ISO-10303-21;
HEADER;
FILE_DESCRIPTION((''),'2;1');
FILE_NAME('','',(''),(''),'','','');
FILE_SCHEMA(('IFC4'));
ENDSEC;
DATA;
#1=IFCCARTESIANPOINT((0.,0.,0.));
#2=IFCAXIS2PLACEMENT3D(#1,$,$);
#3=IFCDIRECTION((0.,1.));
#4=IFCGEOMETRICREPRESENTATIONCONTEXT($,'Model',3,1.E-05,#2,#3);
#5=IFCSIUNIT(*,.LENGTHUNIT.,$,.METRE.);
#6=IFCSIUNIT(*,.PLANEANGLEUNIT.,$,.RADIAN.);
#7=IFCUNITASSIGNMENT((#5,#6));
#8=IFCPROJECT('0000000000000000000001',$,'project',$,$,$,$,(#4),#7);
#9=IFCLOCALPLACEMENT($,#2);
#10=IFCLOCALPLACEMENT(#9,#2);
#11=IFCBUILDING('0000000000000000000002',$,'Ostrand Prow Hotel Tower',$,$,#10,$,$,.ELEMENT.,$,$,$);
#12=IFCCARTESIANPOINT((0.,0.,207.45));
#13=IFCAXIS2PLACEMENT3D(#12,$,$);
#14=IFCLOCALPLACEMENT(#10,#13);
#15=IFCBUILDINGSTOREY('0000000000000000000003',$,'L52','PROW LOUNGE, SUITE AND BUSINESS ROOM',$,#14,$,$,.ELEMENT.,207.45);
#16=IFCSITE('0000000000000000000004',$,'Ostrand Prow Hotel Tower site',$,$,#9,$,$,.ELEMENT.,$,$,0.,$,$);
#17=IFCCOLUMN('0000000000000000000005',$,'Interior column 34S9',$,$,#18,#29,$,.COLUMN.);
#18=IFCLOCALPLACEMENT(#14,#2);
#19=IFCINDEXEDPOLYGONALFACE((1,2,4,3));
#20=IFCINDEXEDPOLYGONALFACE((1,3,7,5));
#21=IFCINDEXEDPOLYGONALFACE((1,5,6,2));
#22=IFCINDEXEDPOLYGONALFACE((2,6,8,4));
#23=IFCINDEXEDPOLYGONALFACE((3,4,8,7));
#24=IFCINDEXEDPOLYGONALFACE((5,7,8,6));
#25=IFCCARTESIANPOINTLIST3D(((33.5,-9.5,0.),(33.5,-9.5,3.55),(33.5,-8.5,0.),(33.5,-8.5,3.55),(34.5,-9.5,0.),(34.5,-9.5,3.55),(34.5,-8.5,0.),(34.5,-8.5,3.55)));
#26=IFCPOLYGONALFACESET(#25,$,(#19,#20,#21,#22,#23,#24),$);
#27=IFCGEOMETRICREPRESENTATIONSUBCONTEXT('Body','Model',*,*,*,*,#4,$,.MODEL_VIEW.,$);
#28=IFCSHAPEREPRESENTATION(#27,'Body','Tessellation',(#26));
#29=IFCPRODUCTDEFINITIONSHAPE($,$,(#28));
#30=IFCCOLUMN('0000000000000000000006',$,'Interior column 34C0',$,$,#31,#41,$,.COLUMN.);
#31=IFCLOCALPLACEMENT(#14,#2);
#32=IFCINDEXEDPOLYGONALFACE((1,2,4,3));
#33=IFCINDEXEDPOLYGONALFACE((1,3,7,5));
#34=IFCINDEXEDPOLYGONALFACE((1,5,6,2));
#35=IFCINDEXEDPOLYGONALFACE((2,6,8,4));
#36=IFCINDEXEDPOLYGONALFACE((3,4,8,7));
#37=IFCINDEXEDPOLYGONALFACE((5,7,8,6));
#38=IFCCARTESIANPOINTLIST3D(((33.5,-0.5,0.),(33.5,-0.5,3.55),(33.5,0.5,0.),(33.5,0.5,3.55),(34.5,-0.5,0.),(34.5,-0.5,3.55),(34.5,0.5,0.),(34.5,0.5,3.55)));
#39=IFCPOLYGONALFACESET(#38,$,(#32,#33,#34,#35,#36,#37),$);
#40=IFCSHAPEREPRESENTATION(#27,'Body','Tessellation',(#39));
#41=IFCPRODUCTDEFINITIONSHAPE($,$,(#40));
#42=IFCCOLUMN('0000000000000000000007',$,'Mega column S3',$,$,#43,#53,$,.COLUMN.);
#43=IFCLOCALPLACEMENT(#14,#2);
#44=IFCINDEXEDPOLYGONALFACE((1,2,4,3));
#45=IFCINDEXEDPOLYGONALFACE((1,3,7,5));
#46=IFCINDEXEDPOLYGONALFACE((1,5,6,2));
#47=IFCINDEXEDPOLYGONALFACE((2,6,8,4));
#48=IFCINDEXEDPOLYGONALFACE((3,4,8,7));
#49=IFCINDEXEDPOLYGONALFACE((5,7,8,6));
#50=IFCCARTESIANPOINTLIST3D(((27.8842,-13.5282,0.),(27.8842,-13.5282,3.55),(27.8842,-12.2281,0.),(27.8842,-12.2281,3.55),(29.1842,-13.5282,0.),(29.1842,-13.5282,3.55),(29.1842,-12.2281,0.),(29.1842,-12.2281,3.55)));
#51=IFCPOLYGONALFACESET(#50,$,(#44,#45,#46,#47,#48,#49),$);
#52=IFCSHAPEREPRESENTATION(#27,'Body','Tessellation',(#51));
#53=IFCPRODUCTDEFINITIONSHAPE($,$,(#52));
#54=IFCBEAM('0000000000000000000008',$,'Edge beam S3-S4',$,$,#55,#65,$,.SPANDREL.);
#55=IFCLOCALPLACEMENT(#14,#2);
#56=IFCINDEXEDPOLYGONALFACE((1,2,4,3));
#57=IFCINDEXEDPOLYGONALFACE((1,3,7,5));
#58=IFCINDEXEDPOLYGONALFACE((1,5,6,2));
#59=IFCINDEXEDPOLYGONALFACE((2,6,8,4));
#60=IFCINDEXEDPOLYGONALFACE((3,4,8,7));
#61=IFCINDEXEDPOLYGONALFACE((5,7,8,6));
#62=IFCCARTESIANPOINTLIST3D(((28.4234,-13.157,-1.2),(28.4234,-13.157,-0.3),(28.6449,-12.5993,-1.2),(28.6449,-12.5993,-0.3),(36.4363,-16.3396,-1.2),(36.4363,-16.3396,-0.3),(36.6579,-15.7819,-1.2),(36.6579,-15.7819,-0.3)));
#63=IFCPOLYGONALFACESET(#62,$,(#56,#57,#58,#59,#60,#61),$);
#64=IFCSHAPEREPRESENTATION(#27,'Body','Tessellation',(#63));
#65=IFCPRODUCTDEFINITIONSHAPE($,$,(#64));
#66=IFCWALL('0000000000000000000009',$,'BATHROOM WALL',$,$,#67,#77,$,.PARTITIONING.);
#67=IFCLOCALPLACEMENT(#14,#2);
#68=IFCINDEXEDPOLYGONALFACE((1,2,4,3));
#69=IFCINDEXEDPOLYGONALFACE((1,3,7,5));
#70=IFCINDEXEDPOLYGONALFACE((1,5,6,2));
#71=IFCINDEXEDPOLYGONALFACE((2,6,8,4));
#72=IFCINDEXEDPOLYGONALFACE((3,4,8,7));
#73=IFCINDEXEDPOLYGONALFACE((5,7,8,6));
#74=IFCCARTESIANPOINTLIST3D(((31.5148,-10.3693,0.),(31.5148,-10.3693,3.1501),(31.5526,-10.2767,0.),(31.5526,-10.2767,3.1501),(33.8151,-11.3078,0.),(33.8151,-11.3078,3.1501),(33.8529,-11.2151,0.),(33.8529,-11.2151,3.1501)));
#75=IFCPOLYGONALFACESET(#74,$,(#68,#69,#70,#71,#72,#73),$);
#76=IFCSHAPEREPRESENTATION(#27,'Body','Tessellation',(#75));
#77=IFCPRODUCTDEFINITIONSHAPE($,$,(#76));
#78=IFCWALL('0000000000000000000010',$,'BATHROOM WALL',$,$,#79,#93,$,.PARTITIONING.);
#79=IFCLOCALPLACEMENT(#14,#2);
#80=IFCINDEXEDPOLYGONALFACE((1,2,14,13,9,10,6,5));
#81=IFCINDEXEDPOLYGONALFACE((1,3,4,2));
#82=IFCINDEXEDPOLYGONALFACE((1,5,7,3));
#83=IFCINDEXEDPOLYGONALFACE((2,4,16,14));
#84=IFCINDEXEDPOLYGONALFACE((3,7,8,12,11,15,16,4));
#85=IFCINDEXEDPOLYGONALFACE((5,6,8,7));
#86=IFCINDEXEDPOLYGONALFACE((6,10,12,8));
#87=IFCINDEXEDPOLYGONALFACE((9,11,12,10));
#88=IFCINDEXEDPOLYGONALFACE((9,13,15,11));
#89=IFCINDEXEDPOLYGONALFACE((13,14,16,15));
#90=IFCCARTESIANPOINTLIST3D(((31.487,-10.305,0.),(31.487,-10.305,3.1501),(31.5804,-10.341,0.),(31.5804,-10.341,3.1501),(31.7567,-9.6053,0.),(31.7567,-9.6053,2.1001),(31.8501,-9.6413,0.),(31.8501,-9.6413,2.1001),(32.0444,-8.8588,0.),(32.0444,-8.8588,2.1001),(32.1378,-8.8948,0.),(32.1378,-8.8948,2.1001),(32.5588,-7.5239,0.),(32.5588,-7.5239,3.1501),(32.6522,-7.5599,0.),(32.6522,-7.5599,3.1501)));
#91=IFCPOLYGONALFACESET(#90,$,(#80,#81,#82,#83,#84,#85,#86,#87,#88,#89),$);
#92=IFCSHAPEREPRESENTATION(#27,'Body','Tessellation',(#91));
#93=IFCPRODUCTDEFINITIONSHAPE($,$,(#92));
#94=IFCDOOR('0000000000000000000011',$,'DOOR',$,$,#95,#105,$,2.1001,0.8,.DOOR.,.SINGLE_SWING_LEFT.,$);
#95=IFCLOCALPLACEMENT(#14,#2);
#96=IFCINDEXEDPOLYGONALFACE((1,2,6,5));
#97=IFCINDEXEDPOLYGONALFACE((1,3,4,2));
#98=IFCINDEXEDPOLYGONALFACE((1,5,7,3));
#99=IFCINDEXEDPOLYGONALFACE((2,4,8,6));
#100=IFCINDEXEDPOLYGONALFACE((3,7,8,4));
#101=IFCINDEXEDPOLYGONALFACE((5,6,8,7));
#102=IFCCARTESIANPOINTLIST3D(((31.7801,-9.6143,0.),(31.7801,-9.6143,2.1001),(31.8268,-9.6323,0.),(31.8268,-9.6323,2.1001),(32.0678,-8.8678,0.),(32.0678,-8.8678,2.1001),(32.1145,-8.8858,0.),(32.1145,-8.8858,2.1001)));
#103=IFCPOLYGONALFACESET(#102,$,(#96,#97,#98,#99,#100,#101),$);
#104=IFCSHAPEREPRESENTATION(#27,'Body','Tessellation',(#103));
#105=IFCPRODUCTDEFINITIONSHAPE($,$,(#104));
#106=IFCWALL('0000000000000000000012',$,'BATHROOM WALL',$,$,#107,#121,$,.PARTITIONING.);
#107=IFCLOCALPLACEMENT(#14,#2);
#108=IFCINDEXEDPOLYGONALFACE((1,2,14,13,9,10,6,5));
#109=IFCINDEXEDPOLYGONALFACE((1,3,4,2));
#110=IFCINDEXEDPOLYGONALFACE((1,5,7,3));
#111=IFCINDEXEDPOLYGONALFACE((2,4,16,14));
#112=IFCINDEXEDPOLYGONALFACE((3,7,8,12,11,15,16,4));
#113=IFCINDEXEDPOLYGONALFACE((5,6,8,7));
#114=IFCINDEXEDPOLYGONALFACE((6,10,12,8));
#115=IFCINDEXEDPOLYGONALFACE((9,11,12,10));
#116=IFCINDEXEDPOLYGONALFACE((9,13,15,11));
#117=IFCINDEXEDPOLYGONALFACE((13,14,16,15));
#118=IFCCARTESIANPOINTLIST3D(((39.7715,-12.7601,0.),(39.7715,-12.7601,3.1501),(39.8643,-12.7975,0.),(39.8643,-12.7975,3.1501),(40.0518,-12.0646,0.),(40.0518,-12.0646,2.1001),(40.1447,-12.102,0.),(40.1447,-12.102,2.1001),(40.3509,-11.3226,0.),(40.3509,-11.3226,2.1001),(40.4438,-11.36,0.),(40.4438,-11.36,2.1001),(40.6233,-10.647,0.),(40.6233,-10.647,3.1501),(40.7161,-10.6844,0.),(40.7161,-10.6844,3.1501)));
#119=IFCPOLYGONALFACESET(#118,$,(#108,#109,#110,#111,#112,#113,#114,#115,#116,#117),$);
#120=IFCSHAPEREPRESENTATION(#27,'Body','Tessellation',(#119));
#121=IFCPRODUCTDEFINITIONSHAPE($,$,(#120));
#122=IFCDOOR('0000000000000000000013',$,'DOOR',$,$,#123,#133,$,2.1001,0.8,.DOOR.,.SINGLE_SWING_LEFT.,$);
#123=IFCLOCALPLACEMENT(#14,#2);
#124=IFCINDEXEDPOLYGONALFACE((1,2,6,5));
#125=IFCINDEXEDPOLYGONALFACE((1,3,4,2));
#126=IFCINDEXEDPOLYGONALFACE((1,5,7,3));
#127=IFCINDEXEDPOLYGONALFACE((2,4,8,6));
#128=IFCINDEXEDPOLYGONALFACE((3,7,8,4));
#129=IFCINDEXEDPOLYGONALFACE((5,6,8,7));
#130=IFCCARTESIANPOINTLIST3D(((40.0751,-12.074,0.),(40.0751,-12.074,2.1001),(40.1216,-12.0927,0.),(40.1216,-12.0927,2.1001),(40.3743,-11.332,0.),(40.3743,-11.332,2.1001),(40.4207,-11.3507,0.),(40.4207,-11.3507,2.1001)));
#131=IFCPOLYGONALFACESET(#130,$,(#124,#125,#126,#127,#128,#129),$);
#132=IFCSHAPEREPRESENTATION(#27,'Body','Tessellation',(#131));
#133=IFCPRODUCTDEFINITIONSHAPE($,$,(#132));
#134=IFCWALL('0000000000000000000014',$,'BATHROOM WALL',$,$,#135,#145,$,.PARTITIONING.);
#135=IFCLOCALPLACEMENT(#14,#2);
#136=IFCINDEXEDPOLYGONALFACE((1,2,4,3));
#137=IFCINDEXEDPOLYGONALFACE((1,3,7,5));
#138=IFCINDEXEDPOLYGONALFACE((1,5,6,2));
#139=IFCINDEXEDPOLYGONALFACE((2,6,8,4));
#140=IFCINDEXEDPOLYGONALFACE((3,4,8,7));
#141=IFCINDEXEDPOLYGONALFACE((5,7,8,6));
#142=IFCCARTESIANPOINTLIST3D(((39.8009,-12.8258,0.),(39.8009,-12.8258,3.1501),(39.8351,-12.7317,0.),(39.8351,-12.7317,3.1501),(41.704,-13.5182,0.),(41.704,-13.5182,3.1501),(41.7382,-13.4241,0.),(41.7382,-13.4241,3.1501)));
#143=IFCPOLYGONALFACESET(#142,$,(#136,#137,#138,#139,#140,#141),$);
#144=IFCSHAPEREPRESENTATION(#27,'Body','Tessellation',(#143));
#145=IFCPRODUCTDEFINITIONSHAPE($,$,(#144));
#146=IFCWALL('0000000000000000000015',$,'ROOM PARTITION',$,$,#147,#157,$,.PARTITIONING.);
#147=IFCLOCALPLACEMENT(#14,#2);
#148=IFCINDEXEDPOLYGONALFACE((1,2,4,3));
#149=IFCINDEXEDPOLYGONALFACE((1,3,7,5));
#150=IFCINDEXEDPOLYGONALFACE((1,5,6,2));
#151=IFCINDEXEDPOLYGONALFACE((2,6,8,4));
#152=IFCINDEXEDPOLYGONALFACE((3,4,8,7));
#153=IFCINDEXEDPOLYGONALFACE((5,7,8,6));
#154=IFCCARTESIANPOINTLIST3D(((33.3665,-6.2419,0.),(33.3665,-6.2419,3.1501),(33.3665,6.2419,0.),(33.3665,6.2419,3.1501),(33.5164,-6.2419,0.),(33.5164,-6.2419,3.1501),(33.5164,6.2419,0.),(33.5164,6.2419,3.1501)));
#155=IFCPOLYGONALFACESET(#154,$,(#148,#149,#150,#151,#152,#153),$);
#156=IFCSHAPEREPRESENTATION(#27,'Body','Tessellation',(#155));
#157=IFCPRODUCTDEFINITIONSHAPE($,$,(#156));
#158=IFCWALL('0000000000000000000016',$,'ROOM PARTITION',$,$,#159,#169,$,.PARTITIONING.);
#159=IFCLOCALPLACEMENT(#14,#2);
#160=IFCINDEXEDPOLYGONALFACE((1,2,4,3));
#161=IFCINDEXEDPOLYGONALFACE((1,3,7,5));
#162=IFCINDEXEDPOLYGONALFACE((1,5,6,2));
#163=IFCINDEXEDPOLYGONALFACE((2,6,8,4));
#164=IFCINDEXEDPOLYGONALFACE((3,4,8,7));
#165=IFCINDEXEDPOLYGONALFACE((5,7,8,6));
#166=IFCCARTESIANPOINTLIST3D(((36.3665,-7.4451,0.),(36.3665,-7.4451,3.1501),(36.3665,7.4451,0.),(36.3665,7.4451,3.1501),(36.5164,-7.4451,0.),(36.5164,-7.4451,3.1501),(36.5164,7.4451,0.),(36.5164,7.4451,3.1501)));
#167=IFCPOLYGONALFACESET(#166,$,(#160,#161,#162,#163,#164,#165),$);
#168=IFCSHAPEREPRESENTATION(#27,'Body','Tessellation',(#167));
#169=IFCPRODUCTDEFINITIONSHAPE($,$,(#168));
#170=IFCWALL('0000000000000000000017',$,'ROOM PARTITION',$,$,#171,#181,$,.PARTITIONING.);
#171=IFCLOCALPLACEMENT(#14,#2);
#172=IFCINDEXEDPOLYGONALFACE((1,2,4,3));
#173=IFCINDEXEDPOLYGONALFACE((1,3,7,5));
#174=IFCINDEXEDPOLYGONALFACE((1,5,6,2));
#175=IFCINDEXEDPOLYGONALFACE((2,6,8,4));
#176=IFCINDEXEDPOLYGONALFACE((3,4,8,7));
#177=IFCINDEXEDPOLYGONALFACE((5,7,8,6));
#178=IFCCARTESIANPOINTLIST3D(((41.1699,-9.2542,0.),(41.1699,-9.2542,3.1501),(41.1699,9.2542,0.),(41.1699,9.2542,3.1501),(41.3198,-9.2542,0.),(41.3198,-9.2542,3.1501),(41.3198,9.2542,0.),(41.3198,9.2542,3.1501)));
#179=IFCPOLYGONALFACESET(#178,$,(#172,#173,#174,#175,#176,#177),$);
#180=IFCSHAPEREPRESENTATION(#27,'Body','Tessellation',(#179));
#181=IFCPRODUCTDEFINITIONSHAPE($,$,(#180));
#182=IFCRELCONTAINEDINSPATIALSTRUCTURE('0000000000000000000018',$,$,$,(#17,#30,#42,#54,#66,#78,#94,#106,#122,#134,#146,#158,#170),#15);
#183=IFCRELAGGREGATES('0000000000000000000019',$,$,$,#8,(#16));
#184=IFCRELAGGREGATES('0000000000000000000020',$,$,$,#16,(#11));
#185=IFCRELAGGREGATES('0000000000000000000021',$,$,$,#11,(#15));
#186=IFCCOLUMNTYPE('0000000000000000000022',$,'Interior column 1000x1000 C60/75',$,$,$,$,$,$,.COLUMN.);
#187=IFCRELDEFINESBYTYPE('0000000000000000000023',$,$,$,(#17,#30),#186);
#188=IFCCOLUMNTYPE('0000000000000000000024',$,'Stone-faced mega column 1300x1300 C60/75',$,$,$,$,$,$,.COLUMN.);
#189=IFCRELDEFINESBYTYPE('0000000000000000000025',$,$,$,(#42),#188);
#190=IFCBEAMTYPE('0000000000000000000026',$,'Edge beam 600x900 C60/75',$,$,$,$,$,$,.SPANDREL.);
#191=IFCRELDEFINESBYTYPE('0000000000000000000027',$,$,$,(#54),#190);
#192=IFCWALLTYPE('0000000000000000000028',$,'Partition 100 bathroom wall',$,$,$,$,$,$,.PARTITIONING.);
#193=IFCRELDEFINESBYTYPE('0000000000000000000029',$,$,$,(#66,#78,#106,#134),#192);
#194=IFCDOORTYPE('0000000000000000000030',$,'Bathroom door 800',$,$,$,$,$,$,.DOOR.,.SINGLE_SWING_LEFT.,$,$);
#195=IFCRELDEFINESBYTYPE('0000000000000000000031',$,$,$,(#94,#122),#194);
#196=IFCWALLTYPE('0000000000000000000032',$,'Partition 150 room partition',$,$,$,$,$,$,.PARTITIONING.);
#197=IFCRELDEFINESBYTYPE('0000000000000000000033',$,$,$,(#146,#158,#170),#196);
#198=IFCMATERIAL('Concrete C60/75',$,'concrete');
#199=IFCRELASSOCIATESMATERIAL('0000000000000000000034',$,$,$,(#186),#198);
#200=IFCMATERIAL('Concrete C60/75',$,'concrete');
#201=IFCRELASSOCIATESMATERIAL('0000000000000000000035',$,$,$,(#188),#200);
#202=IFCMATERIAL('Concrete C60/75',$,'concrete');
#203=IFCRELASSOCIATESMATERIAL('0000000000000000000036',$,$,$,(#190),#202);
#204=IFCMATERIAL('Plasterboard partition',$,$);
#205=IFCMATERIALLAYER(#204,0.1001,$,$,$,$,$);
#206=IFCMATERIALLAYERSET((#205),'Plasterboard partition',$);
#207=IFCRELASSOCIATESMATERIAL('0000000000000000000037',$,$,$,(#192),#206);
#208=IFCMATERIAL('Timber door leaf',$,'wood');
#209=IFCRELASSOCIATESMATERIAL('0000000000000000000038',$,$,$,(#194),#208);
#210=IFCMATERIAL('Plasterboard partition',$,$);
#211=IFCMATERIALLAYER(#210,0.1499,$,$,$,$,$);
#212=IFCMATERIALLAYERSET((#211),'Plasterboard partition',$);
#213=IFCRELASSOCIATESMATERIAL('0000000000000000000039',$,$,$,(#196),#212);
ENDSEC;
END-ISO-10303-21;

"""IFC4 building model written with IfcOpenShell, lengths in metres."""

from ifc_helpers import new_model, si_unit, direction, frame, frame_2d, origin, origin_2d, place, context, subcontext, project, spatial, rectangle, extrude, material, layer, layer_set, material_profile, profile_set, type_object, element, fill, save


model = new_model("IFC4")

# Units and contexts
model_context = context("Model", 3, precision=1e-05, world=origin(), true_north=direction((0.0, 1.0)))
body_context = subcontext(model_context, "Body", "Model", "MODEL_VIEW")
ifc_project = project(units=[si_unit("LENGTHUNIT", "METRE"), si_unit("PLANEANGLEUNIT", "RADIAN")], contexts=[model_context])

# Site, building, storey
site_placement = place(None, origin())
site = spatial("IfcSite", under=ifc_project, at=site_placement, Name="Ostrand Prow Hotel Tower site", CompositionType="ELEMENT", RefElevation=0.0)
building_placement = place(site_placement, origin())
building = spatial("IfcBuilding", under=site, at=building_placement, Name="Ostrand Prow Hotel Tower", CompositionType="ELEMENT")
storey_placement = place(building_placement, frame((0.0, 0.0, 207.45)))
storey = spatial("IfcBuildingStorey", under=building, at=storey_placement, Name="L52", Description="PROW LOUNGE, SUITE AND BUSINESS ROOM", CompositionType="ELEMENT", Elevation=207.45)

# Columns
ifc_material_1 = material(Name="Concrete C60/75", Category="concrete")
ifc_material_profile_1 = material_profile(ifc_material_1, rectangle(XDim=1.0, YDim=1.0, at=origin_2d()), Name="RC 1000x1000")
ifc_profile_set_1 = profile_set([ifc_material_profile_1], Name="Concrete C60/75")
column_type_1 = type_object("IfcColumnType", Name="Interior column 1000x1000 C60/75", PredefinedType="COLUMN", material=ifc_profile_set_1)
for number, where, z_axis, x_axis, name in (
    (1, (34.0, -9.0, 0.0), (0.0, 0.0, 1.0), (1.0, 0.0, 0.0), "Interior column 34S9"),
    (2, (34.0, 0.0, 0.0), (0.0, 0.0, 1.0), (1.0, 0.0, 0.0), "Interior column 34C0"),
):
    element("IfcColumn", number, at=place(storey_placement, frame(where, z_axis=z_axis, x_axis=x_axis)), inside=storey, type_object=column_type_1, Name=name, PredefinedType="COLUMN", context=body_context, shape_type="SweptSolid", body=[
        extrude(rectangle(XDim=1.0, YDim=1.0, at=origin_2d()), origin(), (0.0, 0.0, 1.0), 3.55),
    ])
ifc_material_2 = material(Name="Concrete C60/75", Category="concrete")
ifc_material_profile_2 = material_profile(ifc_material_2, rectangle(XDim=1.3, YDim=1.3, at=origin_2d()), Name="RC 1300x1300")
ifc_profile_set_2 = profile_set([ifc_material_profile_2], Name="Concrete C60/75")
column_type_2 = type_object("IfcColumnType", Name="Stone-faced mega column 1300x1300 C60/75", PredefinedType="COLUMN", material=ifc_profile_set_2)
column_placement = place(storey_placement, frame((28.5342, -12.8782, 0.0), z_axis=(0.0, 0.0, 1.0), x_axis=(1.0, 0.0, 0.0)))
element("IfcColumn", 3, at=column_placement, inside=storey, type_object=column_type_2, Name="Mega column S3", PredefinedType="COLUMN", context=body_context, shape_type="SweptSolid", body=[
    extrude(rectangle(XDim=1.3, YDim=1.3, at=origin_2d()), origin(), (0.0, 0.0, 1.0), 3.55),
])

# Beam
ifc_material_3 = material(Name="Concrete C60/75", Category="concrete")
ifc_material_profile_3 = material_profile(ifc_material_3, rectangle(XDim=0.6001, YDim=0.8999, at=origin_2d()), Name="RC 600x900")
ifc_profile_set_3 = profile_set([ifc_material_profile_3], Name="Concrete C60/75")
beam_type = type_object("IfcBeamType", Name="Edge beam 600x900 C60/75", PredefinedType="SPANDREL", material=ifc_profile_set_3)
beam_placement = place(storey_placement, frame((28.5342, -12.8782, -0.75), z_axis=(0.929376, -0.369134, 0.0), x_axis=(0.369134, 0.929376, 0.0)))
element("IfcBeam", 4, at=beam_placement, inside=storey, type_object=beam_type, Name="Edge beam S3-S4", PredefinedType="SPANDREL", context=body_context, shape_type="SweptSolid", body=[
    extrude(rectangle(XDim=0.6001, YDim=0.8999, at=origin_2d()), origin(), (0.0, 0.0, 1.0), 8.6218),
])

# Wall
ifc_material_4 = material(Name="Plasterboard partition")
ifc_layer_1 = layer(ifc_material_4, 0.1001)
ifc_layer_set_1 = layer_set([ifc_layer_1], Name="Plasterboard partition")
wall_type_1 = type_object("IfcWallType", Name="Partition 100 bathroom wall", PredefinedType="PARTITIONING", material=ifc_layer_set_1)
wall_1_placement = place(storey_placement, frame((33.834, -11.2615, 0.0), z_axis=(0.0, 0.0, 1.0), x_axis=(-0.925907, 0.377753, 0.0)))
element("IfcWall", 5, at=wall_1_placement, inside=storey, type_object=wall_type_1, Name="BATHROOM WALL", PredefinedType="PARTITIONING", context=body_context, shape_type="SweptSolid", body=[
    extrude(rectangle(XDim=2.4844, YDim=0.1001, at=frame_2d((1.2422, 0.0))), origin(), (0.0, 0.0, 1.0), 3.1501),
])

# Walls, openings, doors
wall_2_placement = place(storey_placement, frame((31.5337, -10.323, 0.0), z_axis=(0.0, 0.0, 1.0), x_axis=(0.35961, 0.933103, 0.0)))
wall_2 = element("IfcWall", 6, at=wall_2_placement, inside=storey, type_object=wall_type_1, Name="BATHROOM WALL", PredefinedType="PARTITIONING", context=body_context, shape_type="SweptSolid", body=[
    extrude(rectangle(XDim=2.9805, YDim=0.1001, at=frame_2d((1.4902, 0.0))), origin(), (0.0, 0.0, 1.0), 3.1501),
])
opening_1_placement = place(wall_2_placement, frame((0.75, 0.0, 0.0)))
opening_1 = element("IfcOpeningElement", 7, at=opening_1_placement, cuts=wall_2, PredefinedType="OPENING", context=body_context, shape_type="SweptSolid", body=[
    extrude(rectangle(XDim=0.8, YDim=2.1001, at=frame_2d((0.3999, 1.05))), frame((0.0, 0.0601, 0.0), z_axis=(0.0, -1.0, 0.0), x_axis=(1.0, 0.0, 0.0)), (0.0, 0.0, 1.0), 0.1201),
])
ifc_material_5 = material(Name="Timber door leaf", Category="wood")
door_type_1 = type_object("IfcDoorType", Name="Bathroom door 800", OperationType="SINGLE_SWING_LEFT", PredefinedType="DOOR", material=ifc_material_5)
door_1_placement = place(opening_1_placement, origin())
door_1 = element("IfcDoor", 8, at=door_1_placement, inside=storey, type_object=door_type_1, Name="DOOR", OperationType="SINGLE_SWING_LEFT", OverallHeight=2.1001, OverallWidth=0.8, PredefinedType="DOOR", context=body_context, shape_type="SweptSolid", body=[
    extrude(rectangle(XDim=0.8, YDim=2.1001, at=frame_2d((0.3999, 1.05))), frame((0.0, 0.0249, 0.0), z_axis=(0.0, -1.0, 0.0), x_axis=(1.0, 0.0, 0.0)), (0.0, 0.0, 1.0), 0.05),
])
fill(opening_1, door_1)
wall_3_placement = place(storey_placement, frame((39.8179, -12.7788, 0.0), z_axis=(0.0, 0.0, 1.0), x_axis=(0.373884, 0.927476, 0.0)))
wall_3 = element("IfcWall", 9, at=wall_3_placement, inside=storey, type_object=wall_type_1, Name="BATHROOM WALL", PredefinedType="PARTITIONING", context=body_context, shape_type="SweptSolid", body=[
    extrude(rectangle(XDim=2.2783, YDim=0.1001, at=frame_2d((1.1392, 0.0))), origin(), (0.0, 0.0, 1.0), 3.1501),
])
opening_2_placement = place(wall_3_placement, frame((0.75, 0.0, 0.0)))
opening_2 = element("IfcOpeningElement", 10, at=opening_2_placement, cuts=wall_3, PredefinedType="OPENING", context=body_context, shape_type="SweptSolid", body=[
    extrude(rectangle(XDim=0.8, YDim=2.1001, at=frame_2d((0.3999, 1.05))), frame((0.0, 0.0601, 0.0), z_axis=(0.0, -1.0, 0.0), x_axis=(1.0, 0.0, 0.0)), (0.0, 0.0, 1.0), 0.1201),
])
door_2_placement = place(opening_2_placement, origin())
door_2 = element("IfcDoor", 11, at=door_2_placement, inside=storey, type_object=door_type_1, Name="DOOR", OperationType="SINGLE_SWING_LEFT", OverallHeight=2.1001, OverallWidth=0.8, PredefinedType="DOOR", context=body_context, shape_type="SweptSolid", body=[
    extrude(rectangle(XDim=0.8, YDim=2.1001, at=frame_2d((0.3999, 1.05))), frame((0.0, 0.0249, 0.0), z_axis=(0.0, -1.0, 0.0), x_axis=(1.0, 0.0, 0.0)), (0.0, 0.0, 1.0), 0.05),
])
fill(opening_2, door_2)

# Walls
wall_4_placement = place(storey_placement, frame((41.7212, -13.4712, 0.0), z_axis=(0.0, 0.0, 1.0), x_axis=(-0.939737, 0.341898, 0.0)))
element("IfcWall", 12, at=wall_4_placement, inside=storey, type_object=wall_type_1, Name="BATHROOM WALL", PredefinedType="PARTITIONING", context=body_context, shape_type="SweptSolid", body=[
    extrude(rectangle(XDim=2.0251, YDim=0.1001, at=frame_2d((1.0127, 0.0))), origin(), (0.0, 0.0, 1.0), 3.1501),
])
ifc_material_6 = material(Name="Plasterboard partition")
ifc_layer_2 = layer(ifc_material_6, 0.1499)
ifc_layer_set_2 = layer_set([ifc_layer_2], Name="Plasterboard partition")
wall_type_2 = type_object("IfcWallType", Name="Partition 150 room partition", PredefinedType="PARTITIONING", material=ifc_layer_set_2)
wall_5_placement = place(storey_placement, frame((33.4414, -6.2419, 0.0), z_axis=(0.0, 0.0, 1.0), x_axis=(0.0, 1.0, 0.0)))
element("IfcWall", 13, at=wall_5_placement, inside=storey, type_object=wall_type_2, Name="ROOM PARTITION", PredefinedType="PARTITIONING", context=body_context, shape_type="SweptSolid", body=[
    extrude(rectangle(XDim=12.4839, YDim=0.1499, at=frame_2d((6.2419, 0.0))), origin(), (0.0, 0.0, 1.0), 3.1501),
])
wall_6_placement = place(storey_placement, frame((36.4414, -7.4451, 0.0), z_axis=(0.0, 0.0, 1.0), x_axis=(0.0, 1.0, 0.0)))
element("IfcWall", 14, at=wall_6_placement, inside=storey, type_object=wall_type_2, Name="ROOM PARTITION", PredefinedType="PARTITIONING", context=body_context, shape_type="SweptSolid", body=[
    extrude(rectangle(XDim=14.8901, YDim=0.1499, at=frame_2d((7.4451, 0.0))), origin(), (0.0, 0.0, 1.0), 3.1501),
])
wall_7_placement = place(storey_placement, frame((41.2449, -9.2542, 0.0), z_axis=(0.0, 0.0, 1.0), x_axis=(0.0, 1.0, 0.0)))
element("IfcWall", 15, at=wall_7_placement, inside=storey, type_object=wall_type_2, Name="ROOM PARTITION", PredefinedType="PARTITIONING", context=body_context, shape_type="SweptSolid", body=[
    extrude(rectangle(XDim=18.5083, YDim=0.1499, at=frame_2d((9.2542, 0.0))), origin(), (0.0, 0.0, 1.0), 3.1501),
])

save(model, "model.ifc")
